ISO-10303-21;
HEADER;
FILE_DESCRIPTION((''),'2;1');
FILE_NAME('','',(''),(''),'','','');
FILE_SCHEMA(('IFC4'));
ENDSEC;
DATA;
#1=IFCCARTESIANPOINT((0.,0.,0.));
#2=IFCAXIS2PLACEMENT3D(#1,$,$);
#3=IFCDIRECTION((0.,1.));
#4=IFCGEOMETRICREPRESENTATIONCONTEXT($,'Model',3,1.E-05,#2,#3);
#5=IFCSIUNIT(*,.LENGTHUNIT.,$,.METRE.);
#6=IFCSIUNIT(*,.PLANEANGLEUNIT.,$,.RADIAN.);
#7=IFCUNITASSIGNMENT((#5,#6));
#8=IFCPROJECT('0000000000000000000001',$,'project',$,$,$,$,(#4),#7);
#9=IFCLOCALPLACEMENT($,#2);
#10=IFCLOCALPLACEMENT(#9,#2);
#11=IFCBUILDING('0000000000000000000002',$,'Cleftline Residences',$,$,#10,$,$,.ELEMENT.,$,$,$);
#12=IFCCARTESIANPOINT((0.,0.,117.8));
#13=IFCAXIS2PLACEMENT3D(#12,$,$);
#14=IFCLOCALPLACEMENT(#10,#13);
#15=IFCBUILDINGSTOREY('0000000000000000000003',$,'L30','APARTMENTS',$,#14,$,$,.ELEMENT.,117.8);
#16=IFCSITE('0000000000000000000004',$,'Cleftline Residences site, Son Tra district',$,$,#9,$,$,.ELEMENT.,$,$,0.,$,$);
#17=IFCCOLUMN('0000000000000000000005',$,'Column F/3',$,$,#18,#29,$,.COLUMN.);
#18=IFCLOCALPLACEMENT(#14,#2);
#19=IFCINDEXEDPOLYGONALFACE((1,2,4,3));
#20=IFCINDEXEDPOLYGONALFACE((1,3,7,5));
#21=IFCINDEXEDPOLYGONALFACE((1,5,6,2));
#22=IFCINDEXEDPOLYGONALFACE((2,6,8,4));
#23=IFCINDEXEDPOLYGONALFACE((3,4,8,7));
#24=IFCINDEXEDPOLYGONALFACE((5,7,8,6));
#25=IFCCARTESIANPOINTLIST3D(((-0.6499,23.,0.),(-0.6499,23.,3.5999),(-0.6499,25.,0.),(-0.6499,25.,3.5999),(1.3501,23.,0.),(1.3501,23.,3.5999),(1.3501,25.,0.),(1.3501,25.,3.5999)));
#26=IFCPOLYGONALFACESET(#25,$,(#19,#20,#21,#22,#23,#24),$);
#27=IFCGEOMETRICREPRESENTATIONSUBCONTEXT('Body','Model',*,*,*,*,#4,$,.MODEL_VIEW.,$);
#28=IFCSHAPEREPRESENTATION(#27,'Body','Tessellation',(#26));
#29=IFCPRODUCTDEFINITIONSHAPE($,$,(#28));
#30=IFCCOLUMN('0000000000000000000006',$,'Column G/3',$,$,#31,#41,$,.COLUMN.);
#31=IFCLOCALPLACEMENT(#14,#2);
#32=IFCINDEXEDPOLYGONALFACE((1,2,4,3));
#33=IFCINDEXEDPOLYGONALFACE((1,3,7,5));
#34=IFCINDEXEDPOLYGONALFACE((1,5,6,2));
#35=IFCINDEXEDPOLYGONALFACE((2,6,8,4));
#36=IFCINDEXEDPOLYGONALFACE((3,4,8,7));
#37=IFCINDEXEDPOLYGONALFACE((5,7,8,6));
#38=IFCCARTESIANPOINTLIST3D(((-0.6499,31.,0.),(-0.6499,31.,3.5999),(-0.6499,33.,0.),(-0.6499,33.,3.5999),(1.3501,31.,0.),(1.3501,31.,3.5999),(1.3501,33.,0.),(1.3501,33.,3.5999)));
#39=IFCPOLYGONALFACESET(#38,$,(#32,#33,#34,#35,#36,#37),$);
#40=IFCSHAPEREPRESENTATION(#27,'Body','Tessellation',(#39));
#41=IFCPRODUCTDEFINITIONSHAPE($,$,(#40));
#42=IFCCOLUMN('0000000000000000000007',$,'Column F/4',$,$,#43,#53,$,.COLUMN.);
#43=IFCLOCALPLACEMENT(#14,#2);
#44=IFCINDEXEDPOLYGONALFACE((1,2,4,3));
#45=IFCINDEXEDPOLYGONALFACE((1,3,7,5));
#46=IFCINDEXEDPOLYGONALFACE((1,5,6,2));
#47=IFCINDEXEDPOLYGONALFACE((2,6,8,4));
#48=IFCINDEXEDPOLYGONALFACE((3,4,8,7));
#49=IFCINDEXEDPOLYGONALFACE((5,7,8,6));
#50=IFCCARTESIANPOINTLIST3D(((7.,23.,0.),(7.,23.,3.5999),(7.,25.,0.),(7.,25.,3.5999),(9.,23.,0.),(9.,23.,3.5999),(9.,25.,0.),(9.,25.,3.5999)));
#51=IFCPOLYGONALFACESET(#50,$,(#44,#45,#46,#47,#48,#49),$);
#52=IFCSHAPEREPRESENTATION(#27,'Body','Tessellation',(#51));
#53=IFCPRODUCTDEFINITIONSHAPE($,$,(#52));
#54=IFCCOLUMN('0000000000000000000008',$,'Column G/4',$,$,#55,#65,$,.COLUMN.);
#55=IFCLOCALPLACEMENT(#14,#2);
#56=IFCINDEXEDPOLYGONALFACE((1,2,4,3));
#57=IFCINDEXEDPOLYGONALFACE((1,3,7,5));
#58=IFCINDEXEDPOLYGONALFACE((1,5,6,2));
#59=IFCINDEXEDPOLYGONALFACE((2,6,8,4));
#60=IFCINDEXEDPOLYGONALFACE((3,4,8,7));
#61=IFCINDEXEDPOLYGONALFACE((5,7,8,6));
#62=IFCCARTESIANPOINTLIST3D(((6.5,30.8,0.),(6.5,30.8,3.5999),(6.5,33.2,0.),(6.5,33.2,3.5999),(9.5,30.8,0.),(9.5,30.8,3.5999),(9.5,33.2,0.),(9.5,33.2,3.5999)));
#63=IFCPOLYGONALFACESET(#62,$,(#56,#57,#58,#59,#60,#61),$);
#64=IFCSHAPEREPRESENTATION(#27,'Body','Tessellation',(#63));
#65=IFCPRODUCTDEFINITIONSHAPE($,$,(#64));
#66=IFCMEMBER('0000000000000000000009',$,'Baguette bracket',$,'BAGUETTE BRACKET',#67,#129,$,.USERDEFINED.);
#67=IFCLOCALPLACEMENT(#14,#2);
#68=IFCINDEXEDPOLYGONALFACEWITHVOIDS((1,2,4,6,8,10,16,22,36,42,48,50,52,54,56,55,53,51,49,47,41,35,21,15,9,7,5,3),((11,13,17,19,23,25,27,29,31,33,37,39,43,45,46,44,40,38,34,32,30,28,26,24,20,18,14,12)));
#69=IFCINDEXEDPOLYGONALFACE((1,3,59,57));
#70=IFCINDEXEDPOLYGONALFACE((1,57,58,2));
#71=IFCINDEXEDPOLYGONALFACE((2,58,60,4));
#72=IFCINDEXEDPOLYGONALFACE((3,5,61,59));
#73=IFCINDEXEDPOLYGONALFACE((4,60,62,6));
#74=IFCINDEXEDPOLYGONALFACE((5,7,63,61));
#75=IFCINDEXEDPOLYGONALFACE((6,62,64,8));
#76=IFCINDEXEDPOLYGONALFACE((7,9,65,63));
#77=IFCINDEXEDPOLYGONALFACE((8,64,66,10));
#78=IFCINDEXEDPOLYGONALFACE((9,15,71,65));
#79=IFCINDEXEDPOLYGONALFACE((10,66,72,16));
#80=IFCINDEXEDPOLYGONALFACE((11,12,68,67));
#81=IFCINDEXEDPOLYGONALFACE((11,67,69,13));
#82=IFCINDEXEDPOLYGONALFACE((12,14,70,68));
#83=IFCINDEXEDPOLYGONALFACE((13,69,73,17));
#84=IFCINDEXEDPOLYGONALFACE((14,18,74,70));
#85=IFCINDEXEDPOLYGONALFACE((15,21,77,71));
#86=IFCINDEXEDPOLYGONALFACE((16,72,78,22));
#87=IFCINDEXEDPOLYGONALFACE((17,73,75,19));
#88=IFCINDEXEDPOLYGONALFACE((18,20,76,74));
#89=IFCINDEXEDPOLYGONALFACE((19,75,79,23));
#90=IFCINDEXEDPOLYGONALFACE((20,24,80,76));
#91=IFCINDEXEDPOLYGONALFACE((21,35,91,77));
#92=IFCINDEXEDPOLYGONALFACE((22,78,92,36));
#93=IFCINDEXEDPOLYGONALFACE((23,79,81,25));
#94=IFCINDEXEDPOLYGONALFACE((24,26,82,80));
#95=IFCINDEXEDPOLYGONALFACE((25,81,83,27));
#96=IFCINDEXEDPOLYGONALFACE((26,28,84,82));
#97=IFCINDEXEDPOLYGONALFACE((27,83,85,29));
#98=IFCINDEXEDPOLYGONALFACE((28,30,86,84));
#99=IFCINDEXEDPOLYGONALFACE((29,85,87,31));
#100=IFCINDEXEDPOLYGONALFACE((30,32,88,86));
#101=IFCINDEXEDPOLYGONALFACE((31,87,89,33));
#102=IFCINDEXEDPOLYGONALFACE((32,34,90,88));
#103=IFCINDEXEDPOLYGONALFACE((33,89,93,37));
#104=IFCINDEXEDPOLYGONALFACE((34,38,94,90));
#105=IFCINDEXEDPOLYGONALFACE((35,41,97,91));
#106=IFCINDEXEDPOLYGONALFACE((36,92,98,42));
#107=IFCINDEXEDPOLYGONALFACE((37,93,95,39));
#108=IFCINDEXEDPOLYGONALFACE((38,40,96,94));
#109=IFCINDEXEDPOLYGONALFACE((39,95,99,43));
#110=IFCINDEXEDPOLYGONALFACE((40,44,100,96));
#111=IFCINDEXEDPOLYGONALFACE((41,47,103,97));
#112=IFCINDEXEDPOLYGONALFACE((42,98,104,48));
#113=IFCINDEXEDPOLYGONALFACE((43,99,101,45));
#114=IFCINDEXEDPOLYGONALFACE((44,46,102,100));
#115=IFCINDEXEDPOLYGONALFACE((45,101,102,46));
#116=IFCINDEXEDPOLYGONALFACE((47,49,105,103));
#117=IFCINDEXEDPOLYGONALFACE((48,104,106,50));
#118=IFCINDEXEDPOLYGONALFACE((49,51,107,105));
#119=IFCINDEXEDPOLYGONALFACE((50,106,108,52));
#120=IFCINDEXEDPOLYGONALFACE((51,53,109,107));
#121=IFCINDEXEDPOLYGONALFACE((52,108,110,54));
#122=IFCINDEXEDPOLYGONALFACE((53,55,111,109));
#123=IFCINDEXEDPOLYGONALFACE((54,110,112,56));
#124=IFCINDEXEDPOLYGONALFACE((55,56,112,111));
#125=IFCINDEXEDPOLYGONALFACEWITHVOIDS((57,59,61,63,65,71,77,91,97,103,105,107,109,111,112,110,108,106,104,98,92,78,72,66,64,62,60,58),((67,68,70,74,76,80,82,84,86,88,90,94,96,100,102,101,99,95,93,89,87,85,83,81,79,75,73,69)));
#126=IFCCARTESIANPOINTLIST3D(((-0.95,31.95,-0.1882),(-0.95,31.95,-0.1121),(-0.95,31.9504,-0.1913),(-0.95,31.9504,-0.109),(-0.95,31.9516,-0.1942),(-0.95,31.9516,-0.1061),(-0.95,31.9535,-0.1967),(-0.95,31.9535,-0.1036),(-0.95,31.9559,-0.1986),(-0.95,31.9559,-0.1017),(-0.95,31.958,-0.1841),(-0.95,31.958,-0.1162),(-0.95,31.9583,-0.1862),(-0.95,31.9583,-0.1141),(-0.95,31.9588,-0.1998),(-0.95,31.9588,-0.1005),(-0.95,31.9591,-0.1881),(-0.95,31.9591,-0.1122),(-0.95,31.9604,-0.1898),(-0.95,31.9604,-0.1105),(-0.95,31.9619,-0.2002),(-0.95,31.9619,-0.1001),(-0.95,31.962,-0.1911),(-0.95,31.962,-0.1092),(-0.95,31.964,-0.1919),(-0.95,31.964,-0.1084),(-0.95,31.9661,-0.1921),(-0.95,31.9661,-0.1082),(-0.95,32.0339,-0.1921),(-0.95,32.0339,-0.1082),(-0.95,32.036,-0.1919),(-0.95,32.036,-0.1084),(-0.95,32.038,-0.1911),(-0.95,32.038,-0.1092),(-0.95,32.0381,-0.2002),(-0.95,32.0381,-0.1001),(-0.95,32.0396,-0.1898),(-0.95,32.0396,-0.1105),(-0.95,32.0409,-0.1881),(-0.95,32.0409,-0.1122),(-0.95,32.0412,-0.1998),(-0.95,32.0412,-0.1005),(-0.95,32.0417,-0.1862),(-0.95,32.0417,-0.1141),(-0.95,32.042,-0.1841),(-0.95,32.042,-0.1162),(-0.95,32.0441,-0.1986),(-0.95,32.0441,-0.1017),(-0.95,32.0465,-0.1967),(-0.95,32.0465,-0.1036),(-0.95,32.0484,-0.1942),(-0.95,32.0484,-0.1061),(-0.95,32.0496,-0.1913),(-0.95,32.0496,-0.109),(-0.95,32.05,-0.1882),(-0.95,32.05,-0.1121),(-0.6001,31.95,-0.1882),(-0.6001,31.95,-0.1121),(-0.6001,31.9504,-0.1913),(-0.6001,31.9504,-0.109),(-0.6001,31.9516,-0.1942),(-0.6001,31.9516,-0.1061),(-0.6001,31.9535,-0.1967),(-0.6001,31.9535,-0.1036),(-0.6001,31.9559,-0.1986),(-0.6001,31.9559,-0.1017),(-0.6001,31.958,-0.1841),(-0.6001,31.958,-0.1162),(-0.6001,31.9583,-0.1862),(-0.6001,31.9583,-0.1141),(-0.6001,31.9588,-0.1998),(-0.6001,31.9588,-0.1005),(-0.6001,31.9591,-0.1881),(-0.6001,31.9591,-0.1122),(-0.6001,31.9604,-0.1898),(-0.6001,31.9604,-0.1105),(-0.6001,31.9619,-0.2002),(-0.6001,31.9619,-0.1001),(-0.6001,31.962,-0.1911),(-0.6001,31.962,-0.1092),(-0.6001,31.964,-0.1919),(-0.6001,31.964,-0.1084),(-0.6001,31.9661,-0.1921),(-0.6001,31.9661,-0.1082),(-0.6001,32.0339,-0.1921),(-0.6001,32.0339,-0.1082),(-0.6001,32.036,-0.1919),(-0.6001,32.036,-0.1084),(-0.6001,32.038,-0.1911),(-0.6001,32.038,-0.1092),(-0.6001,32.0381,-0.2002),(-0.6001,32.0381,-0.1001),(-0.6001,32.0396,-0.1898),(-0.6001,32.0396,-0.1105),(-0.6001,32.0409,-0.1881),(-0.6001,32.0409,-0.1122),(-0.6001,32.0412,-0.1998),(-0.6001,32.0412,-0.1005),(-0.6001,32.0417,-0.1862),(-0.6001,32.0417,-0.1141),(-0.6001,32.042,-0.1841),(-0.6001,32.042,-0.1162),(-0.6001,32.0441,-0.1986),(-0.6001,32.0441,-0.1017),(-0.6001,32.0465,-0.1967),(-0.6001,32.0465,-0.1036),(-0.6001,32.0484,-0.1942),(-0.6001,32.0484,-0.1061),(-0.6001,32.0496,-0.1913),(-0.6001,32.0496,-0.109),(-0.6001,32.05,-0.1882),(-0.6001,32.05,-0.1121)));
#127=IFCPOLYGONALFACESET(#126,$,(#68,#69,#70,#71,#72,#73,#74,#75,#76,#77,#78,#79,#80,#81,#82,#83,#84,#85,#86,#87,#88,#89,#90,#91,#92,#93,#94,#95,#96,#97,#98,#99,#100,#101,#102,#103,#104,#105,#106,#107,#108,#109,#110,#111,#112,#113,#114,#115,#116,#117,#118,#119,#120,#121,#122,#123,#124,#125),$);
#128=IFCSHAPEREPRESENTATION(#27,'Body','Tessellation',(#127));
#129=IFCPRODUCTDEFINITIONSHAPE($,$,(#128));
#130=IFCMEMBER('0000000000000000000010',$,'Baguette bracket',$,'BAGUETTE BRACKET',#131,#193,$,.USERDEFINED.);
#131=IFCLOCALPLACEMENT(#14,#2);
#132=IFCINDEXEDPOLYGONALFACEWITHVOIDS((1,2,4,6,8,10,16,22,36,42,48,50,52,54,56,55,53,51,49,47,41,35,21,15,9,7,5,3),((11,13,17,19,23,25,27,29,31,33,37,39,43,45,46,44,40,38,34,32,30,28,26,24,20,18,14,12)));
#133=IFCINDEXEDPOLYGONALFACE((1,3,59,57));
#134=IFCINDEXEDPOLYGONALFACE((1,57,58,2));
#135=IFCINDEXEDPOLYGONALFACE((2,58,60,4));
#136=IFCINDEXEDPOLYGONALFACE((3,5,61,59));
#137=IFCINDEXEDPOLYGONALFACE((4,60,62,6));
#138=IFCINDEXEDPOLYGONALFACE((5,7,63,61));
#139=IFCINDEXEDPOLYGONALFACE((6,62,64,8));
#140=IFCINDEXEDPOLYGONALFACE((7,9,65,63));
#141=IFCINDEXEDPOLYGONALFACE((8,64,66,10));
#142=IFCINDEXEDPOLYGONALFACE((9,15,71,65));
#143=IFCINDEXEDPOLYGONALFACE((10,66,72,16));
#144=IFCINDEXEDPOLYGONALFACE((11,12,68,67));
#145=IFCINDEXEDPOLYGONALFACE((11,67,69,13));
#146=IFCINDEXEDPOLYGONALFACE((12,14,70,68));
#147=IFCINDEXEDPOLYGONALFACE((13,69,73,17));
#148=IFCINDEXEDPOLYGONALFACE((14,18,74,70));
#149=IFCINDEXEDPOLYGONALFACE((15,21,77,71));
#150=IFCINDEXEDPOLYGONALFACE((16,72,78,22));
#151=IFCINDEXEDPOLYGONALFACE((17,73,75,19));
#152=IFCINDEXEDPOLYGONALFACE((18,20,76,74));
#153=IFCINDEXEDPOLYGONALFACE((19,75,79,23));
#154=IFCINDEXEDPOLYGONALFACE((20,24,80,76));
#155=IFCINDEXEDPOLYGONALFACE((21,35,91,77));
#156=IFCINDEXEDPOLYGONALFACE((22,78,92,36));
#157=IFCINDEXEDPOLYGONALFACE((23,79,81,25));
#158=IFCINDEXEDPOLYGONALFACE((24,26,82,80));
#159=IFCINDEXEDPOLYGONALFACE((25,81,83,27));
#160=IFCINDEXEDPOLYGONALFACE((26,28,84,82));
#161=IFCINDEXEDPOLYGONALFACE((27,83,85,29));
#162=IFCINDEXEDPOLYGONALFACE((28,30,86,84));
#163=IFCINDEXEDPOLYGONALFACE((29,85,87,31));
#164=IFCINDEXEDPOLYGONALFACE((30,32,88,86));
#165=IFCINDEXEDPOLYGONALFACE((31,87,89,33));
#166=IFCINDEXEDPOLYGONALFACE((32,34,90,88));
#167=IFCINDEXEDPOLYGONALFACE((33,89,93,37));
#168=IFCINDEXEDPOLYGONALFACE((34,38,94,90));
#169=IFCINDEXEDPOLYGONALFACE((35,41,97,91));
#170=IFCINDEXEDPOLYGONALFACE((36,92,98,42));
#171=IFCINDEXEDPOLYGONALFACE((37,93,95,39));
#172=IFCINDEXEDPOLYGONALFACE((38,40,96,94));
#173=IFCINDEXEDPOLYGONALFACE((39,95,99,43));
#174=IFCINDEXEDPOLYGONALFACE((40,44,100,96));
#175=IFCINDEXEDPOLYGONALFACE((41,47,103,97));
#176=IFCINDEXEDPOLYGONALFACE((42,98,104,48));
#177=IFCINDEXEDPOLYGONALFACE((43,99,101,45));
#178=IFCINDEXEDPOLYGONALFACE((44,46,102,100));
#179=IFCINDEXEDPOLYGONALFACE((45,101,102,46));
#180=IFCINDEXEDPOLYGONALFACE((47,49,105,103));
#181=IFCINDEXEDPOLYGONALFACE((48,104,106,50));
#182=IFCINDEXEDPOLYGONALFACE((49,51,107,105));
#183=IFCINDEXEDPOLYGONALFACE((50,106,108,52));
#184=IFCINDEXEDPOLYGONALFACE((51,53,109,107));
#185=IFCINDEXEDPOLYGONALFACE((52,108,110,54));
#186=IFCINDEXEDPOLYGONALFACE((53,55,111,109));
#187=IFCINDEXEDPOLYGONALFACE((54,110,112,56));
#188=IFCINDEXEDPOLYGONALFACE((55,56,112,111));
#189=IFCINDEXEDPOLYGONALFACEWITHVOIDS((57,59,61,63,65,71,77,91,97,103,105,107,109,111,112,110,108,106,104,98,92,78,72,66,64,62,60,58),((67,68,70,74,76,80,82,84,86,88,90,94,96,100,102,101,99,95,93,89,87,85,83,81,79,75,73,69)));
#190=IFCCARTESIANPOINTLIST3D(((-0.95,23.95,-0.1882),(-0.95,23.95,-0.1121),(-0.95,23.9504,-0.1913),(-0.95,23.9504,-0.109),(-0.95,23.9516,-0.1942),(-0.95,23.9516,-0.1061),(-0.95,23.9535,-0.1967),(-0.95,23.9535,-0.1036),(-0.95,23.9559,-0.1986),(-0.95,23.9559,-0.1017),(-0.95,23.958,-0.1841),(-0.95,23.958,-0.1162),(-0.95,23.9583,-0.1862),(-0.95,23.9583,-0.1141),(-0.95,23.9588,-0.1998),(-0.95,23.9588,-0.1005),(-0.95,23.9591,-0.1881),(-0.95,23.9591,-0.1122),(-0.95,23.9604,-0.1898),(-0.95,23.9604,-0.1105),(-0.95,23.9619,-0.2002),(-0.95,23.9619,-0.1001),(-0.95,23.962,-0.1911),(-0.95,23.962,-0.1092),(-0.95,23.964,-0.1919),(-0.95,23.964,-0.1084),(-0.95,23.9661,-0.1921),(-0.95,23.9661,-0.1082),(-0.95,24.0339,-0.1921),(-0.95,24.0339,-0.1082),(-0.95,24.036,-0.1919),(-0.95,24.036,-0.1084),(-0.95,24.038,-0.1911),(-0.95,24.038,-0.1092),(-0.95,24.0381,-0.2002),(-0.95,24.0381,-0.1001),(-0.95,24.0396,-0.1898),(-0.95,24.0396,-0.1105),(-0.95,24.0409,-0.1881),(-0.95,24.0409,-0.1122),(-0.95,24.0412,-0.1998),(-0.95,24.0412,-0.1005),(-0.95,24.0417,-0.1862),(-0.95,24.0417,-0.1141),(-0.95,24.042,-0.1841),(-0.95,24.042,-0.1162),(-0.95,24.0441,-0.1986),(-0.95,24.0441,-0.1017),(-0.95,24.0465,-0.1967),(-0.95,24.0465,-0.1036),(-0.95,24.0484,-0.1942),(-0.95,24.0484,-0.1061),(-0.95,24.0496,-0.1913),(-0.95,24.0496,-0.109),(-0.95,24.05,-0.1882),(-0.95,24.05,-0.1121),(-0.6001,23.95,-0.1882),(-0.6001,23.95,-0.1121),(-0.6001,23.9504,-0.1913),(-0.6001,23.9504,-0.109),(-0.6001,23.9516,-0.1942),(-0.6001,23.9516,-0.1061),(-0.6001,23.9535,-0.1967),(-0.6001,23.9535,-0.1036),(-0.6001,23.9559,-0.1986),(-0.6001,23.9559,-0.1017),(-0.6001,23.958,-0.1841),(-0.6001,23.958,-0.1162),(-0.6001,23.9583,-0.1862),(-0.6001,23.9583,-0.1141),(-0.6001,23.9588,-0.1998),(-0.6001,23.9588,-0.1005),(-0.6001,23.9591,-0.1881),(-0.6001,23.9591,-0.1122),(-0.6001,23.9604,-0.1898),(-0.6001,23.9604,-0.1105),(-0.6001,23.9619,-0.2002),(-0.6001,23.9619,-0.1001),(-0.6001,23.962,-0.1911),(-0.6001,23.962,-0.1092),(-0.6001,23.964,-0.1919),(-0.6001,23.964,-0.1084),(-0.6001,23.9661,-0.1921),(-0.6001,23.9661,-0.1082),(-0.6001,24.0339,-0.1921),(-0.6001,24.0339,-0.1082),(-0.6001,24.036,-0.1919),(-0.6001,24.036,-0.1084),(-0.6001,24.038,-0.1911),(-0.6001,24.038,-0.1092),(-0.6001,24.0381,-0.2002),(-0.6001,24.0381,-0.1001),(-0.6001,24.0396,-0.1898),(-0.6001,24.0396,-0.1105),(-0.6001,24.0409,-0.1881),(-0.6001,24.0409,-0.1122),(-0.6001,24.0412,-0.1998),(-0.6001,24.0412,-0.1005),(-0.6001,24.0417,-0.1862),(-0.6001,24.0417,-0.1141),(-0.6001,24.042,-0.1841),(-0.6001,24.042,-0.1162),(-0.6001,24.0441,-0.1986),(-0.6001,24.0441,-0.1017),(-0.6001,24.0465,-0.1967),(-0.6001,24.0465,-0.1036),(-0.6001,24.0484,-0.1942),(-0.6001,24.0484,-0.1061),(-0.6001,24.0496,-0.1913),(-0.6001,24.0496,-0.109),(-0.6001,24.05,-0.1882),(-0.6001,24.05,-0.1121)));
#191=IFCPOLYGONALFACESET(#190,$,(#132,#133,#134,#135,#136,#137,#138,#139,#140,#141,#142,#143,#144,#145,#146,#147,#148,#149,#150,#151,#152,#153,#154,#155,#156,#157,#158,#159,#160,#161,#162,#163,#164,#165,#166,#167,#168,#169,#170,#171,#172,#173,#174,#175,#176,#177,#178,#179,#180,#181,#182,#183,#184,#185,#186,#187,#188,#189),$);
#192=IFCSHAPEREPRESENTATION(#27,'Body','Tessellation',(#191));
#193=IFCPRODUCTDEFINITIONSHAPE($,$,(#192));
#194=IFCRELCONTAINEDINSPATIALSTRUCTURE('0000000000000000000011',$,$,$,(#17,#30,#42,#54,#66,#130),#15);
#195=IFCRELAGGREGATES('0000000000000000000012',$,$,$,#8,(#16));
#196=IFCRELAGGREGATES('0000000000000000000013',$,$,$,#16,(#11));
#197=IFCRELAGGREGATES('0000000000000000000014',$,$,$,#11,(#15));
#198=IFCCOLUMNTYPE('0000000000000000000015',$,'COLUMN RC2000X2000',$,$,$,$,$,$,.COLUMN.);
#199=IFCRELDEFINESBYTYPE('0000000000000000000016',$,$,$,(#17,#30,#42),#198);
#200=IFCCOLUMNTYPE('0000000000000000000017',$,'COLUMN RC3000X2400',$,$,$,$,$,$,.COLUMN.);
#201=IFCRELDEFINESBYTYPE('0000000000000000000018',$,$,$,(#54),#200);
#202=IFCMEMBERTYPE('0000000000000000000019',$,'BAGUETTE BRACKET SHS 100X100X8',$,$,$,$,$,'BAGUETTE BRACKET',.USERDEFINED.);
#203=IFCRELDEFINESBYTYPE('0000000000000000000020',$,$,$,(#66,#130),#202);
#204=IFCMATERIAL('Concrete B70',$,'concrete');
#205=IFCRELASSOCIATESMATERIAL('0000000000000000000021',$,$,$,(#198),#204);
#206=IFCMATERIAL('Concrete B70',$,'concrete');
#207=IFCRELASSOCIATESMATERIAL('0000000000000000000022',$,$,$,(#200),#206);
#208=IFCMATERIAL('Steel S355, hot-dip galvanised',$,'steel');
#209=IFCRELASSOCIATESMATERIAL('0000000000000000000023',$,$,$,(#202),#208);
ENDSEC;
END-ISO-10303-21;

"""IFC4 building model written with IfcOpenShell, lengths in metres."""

from ifc_helpers import new_model, si_unit, direction, frame, origin, origin_2d, place, context, subcontext, project, spatial, rectangle, hollow_rectangle, extrude, material, material_profile, profile_set, type_object, element, save


model = new_model("IFC4")

# Units and contexts
model_context = context("Model", 3, precision=1e-05, world=origin(), true_north=direction((0.0, 1.0)))
body_context = subcontext(model_context, "Body", "Model", "MODEL_VIEW")
ifc_project = project(units=[si_unit("LENGTHUNIT", "METRE"), si_unit("PLANEANGLEUNIT", "RADIAN")], contexts=[model_context])

# Site, building, storey
site_placement = place(None, origin())
site = spatial("IfcSite", under=ifc_project, at=site_placement, Name="Cleftline Residences site, Son Tra district", CompositionType="ELEMENT", RefElevation=0.0)
building_placement = place(site_placement, origin())
building = spatial("IfcBuilding", under=site, at=building_placement, Name="Cleftline Residences", CompositionType="ELEMENT")
storey_placement = place(building_placement, frame((0.0, 0.0, 117.8)))
storey = spatial("IfcBuildingStorey", under=building, at=storey_placement, Name="L30", Description="APARTMENTS", CompositionType="ELEMENT", Elevation=117.8)

# Columns
ifc_material_1 = material(Name="Concrete B70", Category="concrete")
ifc_material_profile_1 = material_profile(ifc_material_1, rectangle(XDim=2.0, YDim=2.0, at=origin_2d()))
ifc_profile_set_1 = profile_set([ifc_material_profile_1], Name="Concrete B70")
column_type_1 = type_object("IfcColumnType", Name="COLUMN RC2000X2000", PredefinedType="COLUMN", material=ifc_profile_set_1)
for number, where, z_axis, x_axis, name in (
    (1, (0.3501, 24.0, 0.0), (0.0, 0.0, 1.0), (1.0, 0.0, 0.0), "Column F/3"),
    (2, (0.3501, 32.0, 0.0), (0.0, 0.0, 1.0), (1.0, 0.0, 0.0), "Column G/3"),
    (3, (8.0, 24.0, 0.0), (0.0, 0.0, 1.0), (1.0, 0.0, 0.0), "Column F/4"),
):
    element("IfcColumn", number, at=place(storey_placement, frame(where, z_axis=z_axis, x_axis=x_axis)), inside=storey, type_object=column_type_1, Name=name, PredefinedType="COLUMN", context=body_context, shape_type="SweptSolid", body=[
        extrude(rectangle(XDim=2.0, YDim=2.0, at=origin_2d()), origin(), (0.0, 0.0, 1.0), 3.5999),
    ])
ifc_material_2 = material(Name="Concrete B70", Category="concrete")
ifc_material_profile_2 = material_profile(ifc_material_2, rectangle(XDim=3.0, YDim=2.3999, at=origin_2d()))
ifc_profile_set_2 = profile_set([ifc_material_profile_2], Name="Concrete B70")
column_type_2 = type_object("IfcColumnType", Name="COLUMN RC3000X2400", PredefinedType="COLUMN", material=ifc_profile_set_2)
column_placement = place(storey_placement, frame((8.0, 32.0, 0.0), z_axis=(0.0, 0.0, 1.0), x_axis=(1.0, 0.0, 0.0)))
element("IfcColumn", 4, at=column_placement, inside=storey, type_object=column_type_2, Name="Column G/4", PredefinedType="COLUMN", context=body_context, shape_type="SweptSolid", body=[
    extrude(rectangle(XDim=3.0, YDim=2.3999, at=origin_2d()), origin(), (0.0, 0.0, 1.0), 3.5999),
])

# Members
ifc_material_3 = material(Name="Steel S355, hot-dip galvanised", Category="steel")
ifc_material_profile_3 = material_profile(ifc_material_3, hollow_rectangle(XDim=0.1001, YDim=0.1001, WallThickness=0.0081, InnerFilletRadius=0.0081, OuterFilletRadius=0.012, at=origin_2d()))
ifc_profile_set_3 = profile_set([ifc_material_profile_3], Name="Steel S355, hot-dip galvanised")
member_type_1 = type_object("IfcMemberType", Name="BAGUETTE BRACKET SHS 100X100X8", ElementType="BAGUETTE BRACKET", PredefinedType="USERDEFINED", material=ifc_profile_set_3)
for number, where, z_axis, x_axis, name in (
    (5, (-0.6001, 32.0, -0.1501), (-1.0, 0.0, 0.0), (0.0, -1.0, 0.0), "Baguette bracket"),
    (6, (-0.6001, 24.0, -0.1501), (-1.0, 0.0, 0.0), (0.0, -1.0, 0.0), "Baguette bracket"),
):
    element("IfcMember", number, at=place(storey_placement, frame(where, z_axis=z_axis, x_axis=x_axis)), inside=storey, type_object=member_type_1, Name=name, ObjectType="BAGUETTE BRACKET", PredefinedType="USERDEFINED", context=body_context, shape_type="SweptSolid", body=[
        extrude(hollow_rectangle(XDim=0.1001, YDim=0.1001, WallThickness=0.0081, InnerFilletRadius=0.0081, OuterFilletRadius=0.012, at=origin_2d()), origin(), (0.0, 0.0, 1.0), 0.3499),
    ])

save(model, "model.ifc")
